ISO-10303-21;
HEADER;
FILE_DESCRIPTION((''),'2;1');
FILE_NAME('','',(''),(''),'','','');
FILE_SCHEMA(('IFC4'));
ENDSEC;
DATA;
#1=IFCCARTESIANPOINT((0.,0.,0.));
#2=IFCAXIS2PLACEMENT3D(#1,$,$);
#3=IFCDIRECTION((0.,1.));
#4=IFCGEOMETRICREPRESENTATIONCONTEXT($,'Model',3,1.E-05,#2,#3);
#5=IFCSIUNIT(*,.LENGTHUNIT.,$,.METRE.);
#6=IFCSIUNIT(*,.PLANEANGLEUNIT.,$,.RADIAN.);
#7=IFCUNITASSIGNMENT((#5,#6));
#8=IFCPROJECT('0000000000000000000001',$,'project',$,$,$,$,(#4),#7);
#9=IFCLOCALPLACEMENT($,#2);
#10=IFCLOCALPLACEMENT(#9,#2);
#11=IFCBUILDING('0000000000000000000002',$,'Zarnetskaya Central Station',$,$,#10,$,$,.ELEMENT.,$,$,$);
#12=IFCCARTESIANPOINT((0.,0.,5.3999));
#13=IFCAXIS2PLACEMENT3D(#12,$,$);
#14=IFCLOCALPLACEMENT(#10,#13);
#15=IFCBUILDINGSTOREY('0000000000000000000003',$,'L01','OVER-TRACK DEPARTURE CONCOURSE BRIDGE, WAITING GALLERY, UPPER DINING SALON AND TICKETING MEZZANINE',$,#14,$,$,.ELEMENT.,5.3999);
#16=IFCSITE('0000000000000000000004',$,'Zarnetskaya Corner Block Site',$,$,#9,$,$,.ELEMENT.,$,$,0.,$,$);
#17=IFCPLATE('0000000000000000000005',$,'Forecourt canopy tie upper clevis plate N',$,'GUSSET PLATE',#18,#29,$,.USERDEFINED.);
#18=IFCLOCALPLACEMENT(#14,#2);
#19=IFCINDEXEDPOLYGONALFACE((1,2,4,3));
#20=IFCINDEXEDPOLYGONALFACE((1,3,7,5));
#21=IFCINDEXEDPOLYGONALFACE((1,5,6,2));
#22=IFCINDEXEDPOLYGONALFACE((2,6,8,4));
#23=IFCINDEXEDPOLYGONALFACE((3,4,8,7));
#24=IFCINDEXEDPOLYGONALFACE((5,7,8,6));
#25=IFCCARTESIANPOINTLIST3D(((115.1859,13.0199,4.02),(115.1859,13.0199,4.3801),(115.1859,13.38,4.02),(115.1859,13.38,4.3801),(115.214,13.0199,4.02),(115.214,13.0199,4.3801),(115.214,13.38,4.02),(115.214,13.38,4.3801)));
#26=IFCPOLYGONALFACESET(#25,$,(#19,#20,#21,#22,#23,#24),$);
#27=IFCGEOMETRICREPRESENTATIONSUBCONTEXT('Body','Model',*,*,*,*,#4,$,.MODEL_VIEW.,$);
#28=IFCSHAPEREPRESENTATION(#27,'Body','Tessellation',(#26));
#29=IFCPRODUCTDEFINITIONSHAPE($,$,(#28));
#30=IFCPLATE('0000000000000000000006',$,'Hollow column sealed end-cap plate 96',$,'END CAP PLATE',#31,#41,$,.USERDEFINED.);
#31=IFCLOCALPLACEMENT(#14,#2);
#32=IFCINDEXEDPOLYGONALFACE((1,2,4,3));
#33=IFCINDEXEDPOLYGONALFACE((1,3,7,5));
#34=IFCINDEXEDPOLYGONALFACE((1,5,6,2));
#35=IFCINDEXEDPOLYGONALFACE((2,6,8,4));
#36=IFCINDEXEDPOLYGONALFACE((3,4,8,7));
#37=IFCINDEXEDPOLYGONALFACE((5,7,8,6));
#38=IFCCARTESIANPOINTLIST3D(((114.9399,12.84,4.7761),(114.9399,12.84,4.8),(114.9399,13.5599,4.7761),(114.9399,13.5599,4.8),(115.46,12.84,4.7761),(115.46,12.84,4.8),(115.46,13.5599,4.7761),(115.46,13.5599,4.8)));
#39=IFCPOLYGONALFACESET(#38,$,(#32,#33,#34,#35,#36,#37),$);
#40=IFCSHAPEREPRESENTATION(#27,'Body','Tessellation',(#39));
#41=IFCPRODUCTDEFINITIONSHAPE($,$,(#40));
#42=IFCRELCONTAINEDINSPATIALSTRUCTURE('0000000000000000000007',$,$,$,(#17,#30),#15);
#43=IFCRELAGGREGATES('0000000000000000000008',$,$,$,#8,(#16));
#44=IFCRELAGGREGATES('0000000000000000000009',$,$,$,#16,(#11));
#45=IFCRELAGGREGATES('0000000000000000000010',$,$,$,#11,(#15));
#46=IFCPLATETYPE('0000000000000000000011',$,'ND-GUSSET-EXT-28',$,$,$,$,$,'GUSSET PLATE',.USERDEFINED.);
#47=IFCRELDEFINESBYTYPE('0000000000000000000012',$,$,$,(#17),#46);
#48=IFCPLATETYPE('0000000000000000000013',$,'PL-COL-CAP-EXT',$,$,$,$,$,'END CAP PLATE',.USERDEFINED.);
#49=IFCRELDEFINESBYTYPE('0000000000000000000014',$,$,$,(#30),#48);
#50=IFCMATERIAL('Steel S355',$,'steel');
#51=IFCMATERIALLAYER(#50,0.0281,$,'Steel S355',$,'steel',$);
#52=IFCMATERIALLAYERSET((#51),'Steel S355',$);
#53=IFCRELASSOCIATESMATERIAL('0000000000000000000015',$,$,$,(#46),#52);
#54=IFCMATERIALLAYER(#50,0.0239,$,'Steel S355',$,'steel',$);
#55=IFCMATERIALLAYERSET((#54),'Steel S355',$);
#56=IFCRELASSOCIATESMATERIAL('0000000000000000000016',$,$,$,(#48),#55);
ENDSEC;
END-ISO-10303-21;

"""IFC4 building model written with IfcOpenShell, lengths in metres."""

from ifc_helpers import new_model, si_unit, direction, frame, origin, origin_2d, place, context, subcontext, project, spatial, rectangle, extrude, material, layer, layer_set, type_object, element, save


model = new_model("IFC4")

# Units and contexts
model_context = context("Model", 3, precision=1e-05, world=origin(), true_north=direction((0.0, 1.0)))
body_context = subcontext(model_context, "Body", "Model", "MODEL_VIEW")
ifc_project = project(units=[si_unit("LENGTHUNIT", "METRE"), si_unit("PLANEANGLEUNIT", "RADIAN")], contexts=[model_context])

# Site, building, storey
site_placement = place(None, origin())
site = spatial("IfcSite", under=ifc_project, at=site_placement, Name="Zarnetskaya Corner Block Site", CompositionType="ELEMENT", RefElevation=0.0)
building_placement = place(site_placement, origin())
building = spatial("IfcBuilding", under=site, at=building_placement, Name="Zarnetskaya Central Station", CompositionType="ELEMENT")
storey_placement = place(building_placement, frame((0.0, 0.0, 5.3999)))
storey = spatial("IfcBuildingStorey", under=building, at=storey_placement, Name="L01", Description="OVER-TRACK DEPARTURE CONCOURSE BRIDGE, WAITING GALLERY, UPPER DINING SALON AND TICKETING MEZZANINE", CompositionType="ELEMENT", Elevation=5.3999)

# Shared definitions
ifc_material_1 = material(Name="Steel S355", Category="steel")

# Plates
ifc_layer_1 = layer(ifc_material_1, 0.0281, Name="Steel S355", Category="steel")
ifc_layer_set_1 = layer_set([ifc_layer_1], Name="Steel S355")
plate_type_1 = type_object("IfcPlateType", Name="ND-GUSSET-EXT-28", ElementType="GUSSET PLATE", PredefinedType="USERDEFINED", material=ifc_layer_set_1)
plate_1_placement = place(storey_placement, frame((115.2, 13.2, 4.02), z_axis=(0.0, 0.0, 1.0), x_axis=(1.0, 0.0, 0.0)))
element("IfcPlate", 1, at=plate_1_placement, inside=storey, type_object=plate_type_1, Name="Forecourt canopy tie upper clevis plate N", ObjectType="GUSSET PLATE", PredefinedType="USERDEFINED", context=body_context, shape_type="SweptSolid", body=[
    extrude(rectangle(XDim=0.0281, YDim=0.3601, at=origin_2d()), origin(), (0.0, 0.0, 1.0), 0.3601),
])
ifc_layer_2 = layer(ifc_material_1, 0.0239, Name="Steel S355", Category="steel")
ifc_layer_set_2 = layer_set([ifc_layer_2], Name="Steel S355")
plate_type_2 = type_object("IfcPlateType", Name="PL-COL-CAP-EXT", ElementType="END CAP PLATE", PredefinedType="USERDEFINED", material=ifc_layer_set_2)
plate_2_placement = place(storey_placement, frame((115.2, 13.2, 4.7761), z_axis=(0.0, 0.0, 1.0), x_axis=(1.0, 0.0, 0.0)))
element("IfcPlate", 2, at=plate_2_placement, inside=storey, type_object=plate_type_2, Name="Hollow column sealed end-cap plate 96", ObjectType="END CAP PLATE", PredefinedType="USERDEFINED", context=body_context, shape_type="SweptSolid", body=[
    extrude(rectangle(XDim=0.52, YDim=0.72, at=origin_2d()), origin(), (0.0, 0.0, 1.0), 0.0239),
])

save(model, "model.ifc")
